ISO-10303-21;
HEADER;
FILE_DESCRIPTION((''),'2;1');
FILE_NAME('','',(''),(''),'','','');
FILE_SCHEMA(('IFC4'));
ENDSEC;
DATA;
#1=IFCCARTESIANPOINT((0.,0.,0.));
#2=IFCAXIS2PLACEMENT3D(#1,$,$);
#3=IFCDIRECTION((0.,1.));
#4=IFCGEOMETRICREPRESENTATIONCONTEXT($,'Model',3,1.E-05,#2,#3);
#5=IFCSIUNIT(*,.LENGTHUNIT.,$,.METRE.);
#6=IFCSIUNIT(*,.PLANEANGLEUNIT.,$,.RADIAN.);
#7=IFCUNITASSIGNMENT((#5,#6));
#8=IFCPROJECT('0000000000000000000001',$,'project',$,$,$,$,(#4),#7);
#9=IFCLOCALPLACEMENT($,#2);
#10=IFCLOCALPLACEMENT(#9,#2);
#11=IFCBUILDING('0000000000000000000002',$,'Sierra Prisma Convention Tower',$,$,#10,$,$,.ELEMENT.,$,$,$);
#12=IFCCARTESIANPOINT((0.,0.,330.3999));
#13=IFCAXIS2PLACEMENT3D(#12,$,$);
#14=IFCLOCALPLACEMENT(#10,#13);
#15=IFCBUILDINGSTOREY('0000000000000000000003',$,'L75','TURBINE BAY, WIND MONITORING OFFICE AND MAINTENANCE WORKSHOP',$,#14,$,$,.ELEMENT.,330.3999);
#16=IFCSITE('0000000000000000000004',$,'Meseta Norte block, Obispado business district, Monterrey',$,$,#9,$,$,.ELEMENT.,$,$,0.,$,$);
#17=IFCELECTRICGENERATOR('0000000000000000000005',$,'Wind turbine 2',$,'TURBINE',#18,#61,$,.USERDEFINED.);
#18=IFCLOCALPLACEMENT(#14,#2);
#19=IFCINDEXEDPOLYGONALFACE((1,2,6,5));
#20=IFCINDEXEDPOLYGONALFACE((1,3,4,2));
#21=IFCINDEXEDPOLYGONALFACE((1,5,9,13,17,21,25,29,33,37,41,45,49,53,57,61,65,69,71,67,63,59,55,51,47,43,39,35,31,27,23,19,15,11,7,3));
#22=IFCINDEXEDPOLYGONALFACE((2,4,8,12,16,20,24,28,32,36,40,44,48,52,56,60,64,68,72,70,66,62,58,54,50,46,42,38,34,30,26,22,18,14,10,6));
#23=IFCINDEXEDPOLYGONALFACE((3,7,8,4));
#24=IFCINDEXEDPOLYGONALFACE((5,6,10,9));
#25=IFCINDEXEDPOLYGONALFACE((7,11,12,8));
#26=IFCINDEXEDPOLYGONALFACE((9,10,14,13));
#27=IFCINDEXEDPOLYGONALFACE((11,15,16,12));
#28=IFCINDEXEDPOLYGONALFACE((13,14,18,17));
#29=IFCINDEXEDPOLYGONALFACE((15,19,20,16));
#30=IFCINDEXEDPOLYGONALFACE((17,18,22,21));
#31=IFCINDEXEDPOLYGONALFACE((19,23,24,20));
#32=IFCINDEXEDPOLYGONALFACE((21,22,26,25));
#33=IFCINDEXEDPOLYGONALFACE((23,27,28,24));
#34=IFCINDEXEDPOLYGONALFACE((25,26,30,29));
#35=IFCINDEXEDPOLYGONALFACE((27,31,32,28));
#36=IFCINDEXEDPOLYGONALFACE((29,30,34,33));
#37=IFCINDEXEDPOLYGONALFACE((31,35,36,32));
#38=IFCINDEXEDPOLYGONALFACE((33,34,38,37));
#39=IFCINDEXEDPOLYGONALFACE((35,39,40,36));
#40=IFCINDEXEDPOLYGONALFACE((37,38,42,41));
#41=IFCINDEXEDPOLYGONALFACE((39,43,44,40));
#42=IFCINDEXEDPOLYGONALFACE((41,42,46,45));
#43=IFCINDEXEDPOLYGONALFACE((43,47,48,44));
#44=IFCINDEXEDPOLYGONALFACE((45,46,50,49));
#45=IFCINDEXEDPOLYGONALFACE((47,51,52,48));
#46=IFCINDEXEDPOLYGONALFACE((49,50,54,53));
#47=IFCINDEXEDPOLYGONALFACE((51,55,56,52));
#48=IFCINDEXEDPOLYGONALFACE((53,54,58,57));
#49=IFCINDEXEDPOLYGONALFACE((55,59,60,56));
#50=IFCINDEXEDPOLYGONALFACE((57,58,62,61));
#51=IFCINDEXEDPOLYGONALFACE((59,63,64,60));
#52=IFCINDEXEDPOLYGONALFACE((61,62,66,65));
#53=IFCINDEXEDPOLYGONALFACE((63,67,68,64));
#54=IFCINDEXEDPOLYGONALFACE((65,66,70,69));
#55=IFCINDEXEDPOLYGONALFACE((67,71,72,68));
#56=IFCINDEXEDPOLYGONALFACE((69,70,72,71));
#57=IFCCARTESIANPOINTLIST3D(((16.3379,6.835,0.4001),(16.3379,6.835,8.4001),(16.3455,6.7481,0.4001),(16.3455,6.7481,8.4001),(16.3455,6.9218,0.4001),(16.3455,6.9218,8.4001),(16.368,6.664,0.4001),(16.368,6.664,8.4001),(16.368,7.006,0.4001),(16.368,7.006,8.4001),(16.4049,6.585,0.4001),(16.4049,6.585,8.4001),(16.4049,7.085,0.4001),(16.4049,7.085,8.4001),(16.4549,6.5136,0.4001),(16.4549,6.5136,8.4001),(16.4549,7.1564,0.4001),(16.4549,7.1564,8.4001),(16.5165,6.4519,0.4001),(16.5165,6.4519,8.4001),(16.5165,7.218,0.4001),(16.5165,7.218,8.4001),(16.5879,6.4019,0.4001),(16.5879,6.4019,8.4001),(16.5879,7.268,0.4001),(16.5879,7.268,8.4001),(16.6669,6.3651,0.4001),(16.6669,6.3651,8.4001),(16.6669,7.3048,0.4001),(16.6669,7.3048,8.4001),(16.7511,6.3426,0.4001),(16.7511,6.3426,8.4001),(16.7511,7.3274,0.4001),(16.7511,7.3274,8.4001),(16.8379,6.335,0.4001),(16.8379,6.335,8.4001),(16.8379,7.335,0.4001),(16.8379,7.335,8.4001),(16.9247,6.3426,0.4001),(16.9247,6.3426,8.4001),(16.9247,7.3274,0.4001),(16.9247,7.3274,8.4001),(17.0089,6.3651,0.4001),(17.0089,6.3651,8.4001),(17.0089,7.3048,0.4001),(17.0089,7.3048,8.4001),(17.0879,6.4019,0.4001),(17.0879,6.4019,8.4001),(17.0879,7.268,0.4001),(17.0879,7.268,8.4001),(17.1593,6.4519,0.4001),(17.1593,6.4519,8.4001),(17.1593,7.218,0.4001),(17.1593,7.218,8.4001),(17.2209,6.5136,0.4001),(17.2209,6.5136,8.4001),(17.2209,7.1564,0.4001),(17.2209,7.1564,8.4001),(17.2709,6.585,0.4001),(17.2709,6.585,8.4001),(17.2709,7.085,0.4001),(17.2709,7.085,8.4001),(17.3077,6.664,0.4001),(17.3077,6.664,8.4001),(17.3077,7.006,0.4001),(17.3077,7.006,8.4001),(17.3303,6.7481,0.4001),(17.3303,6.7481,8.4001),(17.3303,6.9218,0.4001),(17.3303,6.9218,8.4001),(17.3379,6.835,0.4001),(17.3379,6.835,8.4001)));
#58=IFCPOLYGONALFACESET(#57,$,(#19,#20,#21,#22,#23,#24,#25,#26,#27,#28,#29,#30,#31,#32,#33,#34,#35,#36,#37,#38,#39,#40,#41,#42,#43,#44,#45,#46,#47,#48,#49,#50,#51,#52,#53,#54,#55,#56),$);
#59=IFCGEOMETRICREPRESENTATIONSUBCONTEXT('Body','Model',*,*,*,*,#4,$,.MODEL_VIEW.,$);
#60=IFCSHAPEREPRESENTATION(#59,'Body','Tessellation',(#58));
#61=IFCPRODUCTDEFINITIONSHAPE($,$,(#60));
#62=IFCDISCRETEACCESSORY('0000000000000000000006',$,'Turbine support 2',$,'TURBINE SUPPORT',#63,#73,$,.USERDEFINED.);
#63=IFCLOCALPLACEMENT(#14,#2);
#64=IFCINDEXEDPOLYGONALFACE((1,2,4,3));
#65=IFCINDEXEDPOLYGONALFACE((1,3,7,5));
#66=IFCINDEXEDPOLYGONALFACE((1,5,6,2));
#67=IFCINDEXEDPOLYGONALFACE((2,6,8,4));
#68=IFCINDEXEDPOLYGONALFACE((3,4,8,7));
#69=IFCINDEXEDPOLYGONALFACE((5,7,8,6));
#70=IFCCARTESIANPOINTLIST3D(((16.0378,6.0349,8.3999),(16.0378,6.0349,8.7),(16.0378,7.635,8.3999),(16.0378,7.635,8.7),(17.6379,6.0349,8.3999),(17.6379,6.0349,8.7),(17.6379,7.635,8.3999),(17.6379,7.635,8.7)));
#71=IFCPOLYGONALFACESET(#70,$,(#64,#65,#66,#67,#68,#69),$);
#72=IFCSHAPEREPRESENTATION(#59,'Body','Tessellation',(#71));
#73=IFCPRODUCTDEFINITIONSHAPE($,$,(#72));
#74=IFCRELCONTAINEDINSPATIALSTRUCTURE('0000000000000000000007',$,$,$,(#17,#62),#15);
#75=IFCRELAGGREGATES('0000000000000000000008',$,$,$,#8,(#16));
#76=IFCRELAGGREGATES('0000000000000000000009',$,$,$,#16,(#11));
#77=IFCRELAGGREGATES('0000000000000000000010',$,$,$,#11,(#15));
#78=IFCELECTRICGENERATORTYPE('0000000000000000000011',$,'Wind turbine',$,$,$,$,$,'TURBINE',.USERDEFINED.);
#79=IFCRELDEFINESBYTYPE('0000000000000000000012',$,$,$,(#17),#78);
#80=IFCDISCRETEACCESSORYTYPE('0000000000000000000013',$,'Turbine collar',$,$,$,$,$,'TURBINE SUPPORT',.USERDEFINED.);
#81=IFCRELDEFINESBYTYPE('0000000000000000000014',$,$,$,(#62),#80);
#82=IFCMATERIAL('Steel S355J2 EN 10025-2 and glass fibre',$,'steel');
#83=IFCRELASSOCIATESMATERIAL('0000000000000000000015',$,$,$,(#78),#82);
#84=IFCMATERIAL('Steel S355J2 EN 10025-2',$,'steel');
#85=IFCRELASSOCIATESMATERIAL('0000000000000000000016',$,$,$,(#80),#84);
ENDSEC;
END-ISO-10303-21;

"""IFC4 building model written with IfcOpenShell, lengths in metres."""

from ifc_helpers import new_model, si_unit, direction, frame, origin, origin_2d, place, context, subcontext, project, spatial, rectangle, circle, extrude, material, material_profile, profile_set, type_object, element, save


model = new_model("IFC4")

# Units and contexts
model_context = context("Model", 3, precision=1e-05, world=origin(), true_north=direction((0.0, 1.0)))
body_context = subcontext(model_context, "Body", "Model", "MODEL_VIEW")
ifc_project = project(units=[si_unit("LENGTHUNIT", "METRE"), si_unit("PLANEANGLEUNIT", "RADIAN")], contexts=[model_context])

# Site, building, storey
site_placement = place(None, origin())
site = spatial("IfcSite", under=ifc_project, at=site_placement, Name="Meseta Norte block, Obispado business district, Monterrey", CompositionType="ELEMENT", RefElevation=0.0)
building_placement = place(site_placement, origin())
building = spatial("IfcBuilding", under=site, at=building_placement, Name="Sierra Prisma Convention Tower", CompositionType="ELEMENT")
storey_placement = place(building_placement, frame((0.0, 0.0, 330.3999)))
storey = spatial("IfcBuildingStorey", under=building, at=storey_placement, Name="L75", Description="TURBINE BAY, WIND MONITORING OFFICE AND MAINTENANCE WORKSHOP", CompositionType="ELEMENT", Elevation=330.3999)

# Electric generator
ifc_material_1 = material(Name="Steel S355J2 EN 10025-2 and glass fibre", Category="steel")
ifc_material_profile_1 = material_profile(ifc_material_1, circle(Radius=0.5, at=origin_2d()), Name="TURBINE 1000")
ifc_profile_set_1 = profile_set([ifc_material_profile_1], Name="Steel S355J2 EN 10025-2 and glass fibre")
electric_generator_type = type_object("IfcElectricGeneratorType", Name="Wind turbine", ElementType="TURBINE", PredefinedType="USERDEFINED", material=ifc_profile_set_1)
electric_generator_placement = place(storey_placement, frame((16.8379, 6.835, 0.4001), z_axis=(0.0, 0.0, 1.0), x_axis=(1.0, 0.0, 0.0)))
element("IfcElectricGenerator", 1, at=electric_generator_placement, inside=storey, type_object=electric_generator_type, Name="Wind turbine 2", ObjectType="TURBINE", PredefinedType="USERDEFINED", context=body_context, shape_type="SweptSolid", body=[
    extrude(circle(Radius=0.5, at=origin_2d()), origin(), (0.0, 0.0, 1.0), 8.0),
])

# Discrete accessory
ifc_material_2 = material(Name="Steel S355J2 EN 10025-2", Category="steel")
discrete_accessory_type = type_object("IfcDiscreteAccessoryType", Name="Turbine collar", ElementType="TURBINE SUPPORT", PredefinedType="USERDEFINED", material=ifc_material_2)
discrete_accessory_placement = place(storey_placement, frame((16.8379, 6.835, 8.3999), z_axis=(0.0, 0.0, 1.0), x_axis=(1.0, 0.0, 0.0)))
element("IfcDiscreteAccessory", 2, at=discrete_accessory_placement, inside=storey, type_object=discrete_accessory_type, Name="Turbine support 2", ObjectType="TURBINE SUPPORT", PredefinedType="USERDEFINED", context=body_context, shape_type="SweptSolid", body=[
    extrude(rectangle(XDim=1.6001, YDim=1.6001, at=origin_2d()), origin(), (0.0, 0.0, 1.0), 0.3),
])

save(model, "model.ifc")
